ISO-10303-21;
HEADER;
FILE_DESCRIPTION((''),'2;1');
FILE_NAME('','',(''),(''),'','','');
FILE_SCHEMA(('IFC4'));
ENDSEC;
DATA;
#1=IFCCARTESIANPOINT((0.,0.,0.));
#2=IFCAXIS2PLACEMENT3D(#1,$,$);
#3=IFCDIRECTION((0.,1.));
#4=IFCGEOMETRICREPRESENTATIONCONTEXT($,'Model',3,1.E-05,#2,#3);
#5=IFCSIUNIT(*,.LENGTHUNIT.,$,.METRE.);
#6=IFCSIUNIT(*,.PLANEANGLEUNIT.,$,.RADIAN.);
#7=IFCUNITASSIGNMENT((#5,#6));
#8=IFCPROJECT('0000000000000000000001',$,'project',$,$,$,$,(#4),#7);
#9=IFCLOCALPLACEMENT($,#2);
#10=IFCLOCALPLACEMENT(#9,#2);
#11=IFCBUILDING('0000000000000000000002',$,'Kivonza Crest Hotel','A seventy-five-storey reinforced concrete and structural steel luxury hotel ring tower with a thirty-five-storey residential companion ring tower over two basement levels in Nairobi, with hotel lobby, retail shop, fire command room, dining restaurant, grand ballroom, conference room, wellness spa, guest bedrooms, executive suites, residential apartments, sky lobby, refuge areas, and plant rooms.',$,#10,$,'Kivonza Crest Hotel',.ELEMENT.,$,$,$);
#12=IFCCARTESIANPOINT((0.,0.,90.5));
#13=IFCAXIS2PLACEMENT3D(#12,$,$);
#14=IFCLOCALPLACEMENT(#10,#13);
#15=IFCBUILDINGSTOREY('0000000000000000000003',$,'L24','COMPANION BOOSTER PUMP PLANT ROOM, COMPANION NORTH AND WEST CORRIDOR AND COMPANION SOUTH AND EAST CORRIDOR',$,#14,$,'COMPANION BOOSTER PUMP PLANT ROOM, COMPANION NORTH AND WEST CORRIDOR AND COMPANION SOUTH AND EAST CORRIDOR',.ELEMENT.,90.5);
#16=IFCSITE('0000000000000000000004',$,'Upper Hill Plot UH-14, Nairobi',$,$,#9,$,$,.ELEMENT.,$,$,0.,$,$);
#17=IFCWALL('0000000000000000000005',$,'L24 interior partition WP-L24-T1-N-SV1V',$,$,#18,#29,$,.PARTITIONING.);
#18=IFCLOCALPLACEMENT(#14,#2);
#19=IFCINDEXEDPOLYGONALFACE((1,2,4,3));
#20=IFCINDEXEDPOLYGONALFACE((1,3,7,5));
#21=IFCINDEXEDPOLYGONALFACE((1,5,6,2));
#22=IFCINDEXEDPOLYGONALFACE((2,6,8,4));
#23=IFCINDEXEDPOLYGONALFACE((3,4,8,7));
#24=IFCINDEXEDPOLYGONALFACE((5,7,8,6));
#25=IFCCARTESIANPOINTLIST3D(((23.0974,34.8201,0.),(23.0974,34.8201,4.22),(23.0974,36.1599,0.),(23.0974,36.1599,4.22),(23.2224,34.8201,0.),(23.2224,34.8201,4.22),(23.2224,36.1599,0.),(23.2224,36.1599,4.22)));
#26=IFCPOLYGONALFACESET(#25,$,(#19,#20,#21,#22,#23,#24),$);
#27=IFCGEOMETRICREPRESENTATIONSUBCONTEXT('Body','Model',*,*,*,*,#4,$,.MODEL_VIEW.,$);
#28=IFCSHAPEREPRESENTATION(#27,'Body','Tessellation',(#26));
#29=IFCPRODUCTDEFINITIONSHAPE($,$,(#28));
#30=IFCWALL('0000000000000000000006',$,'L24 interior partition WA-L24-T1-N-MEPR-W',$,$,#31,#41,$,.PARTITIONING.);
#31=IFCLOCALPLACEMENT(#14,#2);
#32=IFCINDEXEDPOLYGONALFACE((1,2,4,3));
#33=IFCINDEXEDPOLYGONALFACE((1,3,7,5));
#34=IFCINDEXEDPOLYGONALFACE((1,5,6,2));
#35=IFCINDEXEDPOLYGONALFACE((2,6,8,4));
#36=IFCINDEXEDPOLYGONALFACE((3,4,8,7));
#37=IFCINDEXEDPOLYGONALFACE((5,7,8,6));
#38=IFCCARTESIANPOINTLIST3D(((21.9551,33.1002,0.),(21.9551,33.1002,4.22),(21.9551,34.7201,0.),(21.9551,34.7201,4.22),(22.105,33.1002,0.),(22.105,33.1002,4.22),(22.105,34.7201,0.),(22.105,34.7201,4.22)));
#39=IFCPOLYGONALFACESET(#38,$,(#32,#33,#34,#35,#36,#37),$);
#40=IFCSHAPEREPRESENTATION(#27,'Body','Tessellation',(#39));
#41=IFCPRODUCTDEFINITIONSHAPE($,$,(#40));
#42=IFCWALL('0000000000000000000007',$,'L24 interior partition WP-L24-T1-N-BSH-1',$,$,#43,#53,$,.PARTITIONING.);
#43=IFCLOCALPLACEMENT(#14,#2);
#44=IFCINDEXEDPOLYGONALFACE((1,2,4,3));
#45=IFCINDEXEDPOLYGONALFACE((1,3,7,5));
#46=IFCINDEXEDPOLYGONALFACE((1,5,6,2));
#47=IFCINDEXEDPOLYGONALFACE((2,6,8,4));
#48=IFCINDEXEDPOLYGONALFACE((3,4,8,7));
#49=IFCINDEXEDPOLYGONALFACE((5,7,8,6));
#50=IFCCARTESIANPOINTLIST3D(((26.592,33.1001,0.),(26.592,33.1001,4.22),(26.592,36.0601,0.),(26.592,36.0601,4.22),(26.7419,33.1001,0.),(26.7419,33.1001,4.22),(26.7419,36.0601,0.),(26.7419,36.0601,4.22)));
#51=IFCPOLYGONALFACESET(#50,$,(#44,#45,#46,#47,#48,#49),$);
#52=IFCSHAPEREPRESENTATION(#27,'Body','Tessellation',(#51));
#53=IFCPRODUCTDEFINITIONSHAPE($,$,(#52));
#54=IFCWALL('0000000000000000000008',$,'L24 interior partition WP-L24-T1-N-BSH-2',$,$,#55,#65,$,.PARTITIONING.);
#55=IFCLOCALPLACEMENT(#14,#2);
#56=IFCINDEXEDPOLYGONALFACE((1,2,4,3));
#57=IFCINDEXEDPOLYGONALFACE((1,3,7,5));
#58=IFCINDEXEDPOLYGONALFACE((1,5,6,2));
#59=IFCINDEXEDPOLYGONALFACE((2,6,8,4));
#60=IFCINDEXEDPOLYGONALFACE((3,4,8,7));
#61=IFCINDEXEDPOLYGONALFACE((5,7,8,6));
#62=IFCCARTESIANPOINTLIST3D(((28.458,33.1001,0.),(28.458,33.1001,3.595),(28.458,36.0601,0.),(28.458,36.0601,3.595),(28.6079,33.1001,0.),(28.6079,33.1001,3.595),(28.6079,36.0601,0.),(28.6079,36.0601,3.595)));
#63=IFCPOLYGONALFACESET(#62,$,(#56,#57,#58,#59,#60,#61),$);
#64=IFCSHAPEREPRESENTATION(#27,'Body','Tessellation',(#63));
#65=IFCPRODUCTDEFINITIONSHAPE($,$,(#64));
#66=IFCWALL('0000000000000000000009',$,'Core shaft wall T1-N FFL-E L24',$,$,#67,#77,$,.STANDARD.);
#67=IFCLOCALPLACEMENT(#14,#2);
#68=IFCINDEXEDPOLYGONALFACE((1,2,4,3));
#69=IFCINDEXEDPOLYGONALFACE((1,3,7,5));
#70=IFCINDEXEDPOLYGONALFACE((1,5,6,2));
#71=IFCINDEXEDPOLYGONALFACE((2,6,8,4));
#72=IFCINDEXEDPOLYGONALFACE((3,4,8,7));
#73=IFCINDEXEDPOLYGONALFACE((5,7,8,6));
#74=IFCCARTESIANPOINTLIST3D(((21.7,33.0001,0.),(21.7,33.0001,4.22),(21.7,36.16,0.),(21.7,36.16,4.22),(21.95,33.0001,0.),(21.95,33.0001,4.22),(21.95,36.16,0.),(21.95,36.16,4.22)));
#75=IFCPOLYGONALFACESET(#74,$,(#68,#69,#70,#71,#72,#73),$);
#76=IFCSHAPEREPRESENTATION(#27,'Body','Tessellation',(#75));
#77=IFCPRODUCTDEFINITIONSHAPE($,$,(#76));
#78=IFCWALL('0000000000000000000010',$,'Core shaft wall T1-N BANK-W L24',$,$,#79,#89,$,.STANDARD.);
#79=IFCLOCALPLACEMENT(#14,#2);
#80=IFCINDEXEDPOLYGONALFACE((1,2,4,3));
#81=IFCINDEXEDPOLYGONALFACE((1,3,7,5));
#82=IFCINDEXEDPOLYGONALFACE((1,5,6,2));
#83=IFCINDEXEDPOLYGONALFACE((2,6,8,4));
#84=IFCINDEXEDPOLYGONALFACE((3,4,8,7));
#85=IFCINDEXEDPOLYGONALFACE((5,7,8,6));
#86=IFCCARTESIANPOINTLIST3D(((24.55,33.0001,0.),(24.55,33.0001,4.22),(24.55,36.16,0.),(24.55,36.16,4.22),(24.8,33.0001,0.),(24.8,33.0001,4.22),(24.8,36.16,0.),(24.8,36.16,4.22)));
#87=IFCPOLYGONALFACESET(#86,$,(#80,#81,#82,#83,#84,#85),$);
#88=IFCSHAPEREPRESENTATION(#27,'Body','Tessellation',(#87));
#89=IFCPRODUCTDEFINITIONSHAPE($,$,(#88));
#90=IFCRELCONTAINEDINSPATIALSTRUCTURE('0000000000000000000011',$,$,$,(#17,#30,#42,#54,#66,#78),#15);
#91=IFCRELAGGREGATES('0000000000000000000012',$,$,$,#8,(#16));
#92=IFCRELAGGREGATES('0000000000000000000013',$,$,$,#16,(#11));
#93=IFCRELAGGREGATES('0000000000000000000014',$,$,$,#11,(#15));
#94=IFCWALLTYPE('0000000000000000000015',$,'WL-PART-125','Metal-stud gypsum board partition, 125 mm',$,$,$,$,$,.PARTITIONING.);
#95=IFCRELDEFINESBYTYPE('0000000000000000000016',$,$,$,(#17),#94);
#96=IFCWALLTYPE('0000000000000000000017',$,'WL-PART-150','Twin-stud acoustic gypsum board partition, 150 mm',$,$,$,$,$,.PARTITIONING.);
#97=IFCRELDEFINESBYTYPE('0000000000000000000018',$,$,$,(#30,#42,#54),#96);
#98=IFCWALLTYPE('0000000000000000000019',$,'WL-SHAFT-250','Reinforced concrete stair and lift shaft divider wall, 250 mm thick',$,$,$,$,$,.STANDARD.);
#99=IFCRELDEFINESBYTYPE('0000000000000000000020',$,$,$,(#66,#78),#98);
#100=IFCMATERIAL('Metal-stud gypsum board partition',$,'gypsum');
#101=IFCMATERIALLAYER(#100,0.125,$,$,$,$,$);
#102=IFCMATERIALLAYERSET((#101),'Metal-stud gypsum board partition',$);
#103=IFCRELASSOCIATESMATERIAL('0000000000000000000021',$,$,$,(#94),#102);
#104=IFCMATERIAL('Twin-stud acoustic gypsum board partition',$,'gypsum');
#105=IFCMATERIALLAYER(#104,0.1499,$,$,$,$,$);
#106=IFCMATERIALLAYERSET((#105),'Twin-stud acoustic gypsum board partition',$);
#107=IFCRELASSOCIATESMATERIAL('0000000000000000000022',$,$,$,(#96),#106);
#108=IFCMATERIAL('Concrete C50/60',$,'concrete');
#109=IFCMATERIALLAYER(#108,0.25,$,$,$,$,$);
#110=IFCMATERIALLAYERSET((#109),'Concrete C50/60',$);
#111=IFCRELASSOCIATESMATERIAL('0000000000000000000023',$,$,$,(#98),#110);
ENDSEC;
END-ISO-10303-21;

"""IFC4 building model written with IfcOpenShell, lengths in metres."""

from ifc_helpers import new_model, si_unit, direction, frame, frame_2d, origin, place, context, subcontext, project, spatial, rectangle, extrude, material, layer, layer_set, type_object, element, save


model = new_model("IFC4")

# Units and contexts
model_context = context("Model", 3, precision=1e-05, world=origin(), true_north=direction((0.0, 1.0)))
body_context = subcontext(model_context, "Body", "Model", "MODEL_VIEW")
ifc_project = project(units=[si_unit("LENGTHUNIT", "METRE"), si_unit("PLANEANGLEUNIT", "RADIAN")], contexts=[model_context])

# Site, building, storey
site_placement = place(None, origin())
site = spatial("IfcSite", under=ifc_project, at=site_placement, Name="Upper Hill Plot UH-14, Nairobi", CompositionType="ELEMENT", RefElevation=0.0)
building_placement = place(site_placement, origin())
building = spatial("IfcBuilding", under=site, at=building_placement, Name="Kivonza Crest Hotel", Description="A seventy-five-storey reinforced concrete and structural steel luxury hotel ring tower with a thirty-five-storey residential companion ring tower over two basement levels in Nairobi, with hotel lobby, retail shop, fire command room, dining restaurant, grand ballroom, conference room, wellness spa, guest bedrooms, executive suites, residential apartments, sky lobby, refuge areas, and plant rooms.", LongName="Kivonza Crest Hotel", CompositionType="ELEMENT")
storey_placement = place(building_placement, frame((0.0, 0.0, 90.5)))
storey = spatial("IfcBuildingStorey", under=building, at=storey_placement, Name="L24", Description="COMPANION BOOSTER PUMP PLANT ROOM, COMPANION NORTH AND WEST CORRIDOR AND COMPANION SOUTH AND EAST CORRIDOR", LongName="COMPANION BOOSTER PUMP PLANT ROOM, COMPANION NORTH AND WEST CORRIDOR AND COMPANION SOUTH AND EAST CORRIDOR", CompositionType="ELEMENT", Elevation=90.5)

# Shared definitions
ifc_material_1 = material(Name="Concrete C50/60", Category="concrete")

# Walls
ifc_material_2 = material(Name="Metal-stud gypsum board partition", Category="gypsum")
ifc_layer_1 = layer(ifc_material_2, 0.125)
ifc_layer_set_1 = layer_set([ifc_layer_1], Name="Metal-stud gypsum board partition")
wall_type_1 = type_object("IfcWallType", Name="WL-PART-125", Description="Metal-stud gypsum board partition, 125 mm", PredefinedType="PARTITIONING", material=ifc_layer_set_1)
wall_1_placement = place(storey_placement, frame((23.1599, 34.8201, 0.0), z_axis=(0.0, 0.0, 1.0), x_axis=(0.0, 1.0, 0.0)))
element("IfcWall", 1, at=wall_1_placement, inside=storey, type_object=wall_type_1, Name="L24 interior partition WP-L24-T1-N-SV1V", PredefinedType="PARTITIONING", context=body_context, shape_type="SweptSolid", body=[
    extrude(rectangle(XDim=1.3398, YDim=0.125, at=frame_2d((0.6699, 0.0))), origin(), (0.0, 0.0, 1.0), 4.22),
])
ifc_material_3 = material(Name="Twin-stud acoustic gypsum board partition", Category="gypsum")
ifc_layer_2 = layer(ifc_material_3, 0.1499)
ifc_layer_set_2 = layer_set([ifc_layer_2], Name="Twin-stud acoustic gypsum board partition")
wall_type_2 = type_object("IfcWallType", Name="WL-PART-150", Description="Twin-stud acoustic gypsum board partition, 150 mm", PredefinedType="PARTITIONING", material=ifc_layer_set_2)
wall_2_placement = place(storey_placement, frame((22.03, 33.1001, 0.0), z_axis=(0.0, 0.0, 1.0), x_axis=(0.0, 1.0, 0.0)))
element("IfcWall", 2, at=wall_2_placement, inside=storey, type_object=wall_type_2, Name="L24 interior partition WA-L24-T1-N-MEPR-W", PredefinedType="PARTITIONING", context=body_context, shape_type="SweptSolid", body=[
    extrude(rectangle(XDim=1.6199, YDim=0.1499, at=frame_2d((0.8101, 0.0))), origin(), (0.0, 0.0, 1.0), 4.22),
])
wall_3_placement = place(storey_placement, frame((26.667, 33.1001, 0.0), z_axis=(0.0, 0.0, 1.0), x_axis=(0.0, 1.0, 0.0)))
element("IfcWall", 3, at=wall_3_placement, inside=storey, type_object=wall_type_2, Name="L24 interior partition WP-L24-T1-N-BSH-1", PredefinedType="PARTITIONING", context=body_context, shape_type="SweptSolid", body=[
    extrude(rectangle(XDim=2.96, YDim=0.1499, at=frame_2d((1.48, 0.0))), origin(), (0.0, 0.0, 1.0), 4.22),
])
wall_4_placement = place(storey_placement, frame((28.533, 33.1001, 0.0), z_axis=(0.0, 0.0, 1.0), x_axis=(0.0, 1.0, 0.0)))
element("IfcWall", 4, at=wall_4_placement, inside=storey, type_object=wall_type_2, Name="L24 interior partition WP-L24-T1-N-BSH-2", PredefinedType="PARTITIONING", context=body_context, shape_type="SweptSolid", body=[
    extrude(rectangle(XDim=2.96, YDim=0.1499, at=frame_2d((1.48, 0.0))), origin(), (0.0, 0.0, 1.0), 3.595),
])

# Shared definitions
ifc_layer_3 = layer(ifc_material_1, 0.25)
ifc_layer_set_3 = layer_set([ifc_layer_3], Name="Concrete C50/60")
wall_type_3 = type_object("IfcWallType", Name="WL-SHAFT-250", Description="Reinforced concrete stair and lift shaft divider wall, 250 mm thick", PredefinedType="STANDARD", material=ifc_layer_set_3)

# Walls
for number, where, z_axis, x_axis, name in (
    (5, (21.825, 33.0, 0.0), (0.0, 0.0, 1.0), (0.0, 1.0, 0.0), "Core shaft wall T1-N FFL-E L24"),
    (6, (24.675, 33.0, 0.0), (0.0, 0.0, 1.0), (0.0, 1.0, 0.0), "Core shaft wall T1-N BANK-W L24"),
):
    element("IfcWall", number, at=place(storey_placement, frame(where, z_axis=z_axis, x_axis=x_axis)), inside=storey, type_object=wall_type_3, Name=name, PredefinedType="STANDARD", context=body_context, shape_type="SweptSolid", body=[
        extrude(rectangle(XDim=3.1599, YDim=0.25, at=frame_2d((1.5801, 0.0))), origin(), (0.0, 0.0, 1.0), 4.22),
    ])

save(model, "model.ifc")
